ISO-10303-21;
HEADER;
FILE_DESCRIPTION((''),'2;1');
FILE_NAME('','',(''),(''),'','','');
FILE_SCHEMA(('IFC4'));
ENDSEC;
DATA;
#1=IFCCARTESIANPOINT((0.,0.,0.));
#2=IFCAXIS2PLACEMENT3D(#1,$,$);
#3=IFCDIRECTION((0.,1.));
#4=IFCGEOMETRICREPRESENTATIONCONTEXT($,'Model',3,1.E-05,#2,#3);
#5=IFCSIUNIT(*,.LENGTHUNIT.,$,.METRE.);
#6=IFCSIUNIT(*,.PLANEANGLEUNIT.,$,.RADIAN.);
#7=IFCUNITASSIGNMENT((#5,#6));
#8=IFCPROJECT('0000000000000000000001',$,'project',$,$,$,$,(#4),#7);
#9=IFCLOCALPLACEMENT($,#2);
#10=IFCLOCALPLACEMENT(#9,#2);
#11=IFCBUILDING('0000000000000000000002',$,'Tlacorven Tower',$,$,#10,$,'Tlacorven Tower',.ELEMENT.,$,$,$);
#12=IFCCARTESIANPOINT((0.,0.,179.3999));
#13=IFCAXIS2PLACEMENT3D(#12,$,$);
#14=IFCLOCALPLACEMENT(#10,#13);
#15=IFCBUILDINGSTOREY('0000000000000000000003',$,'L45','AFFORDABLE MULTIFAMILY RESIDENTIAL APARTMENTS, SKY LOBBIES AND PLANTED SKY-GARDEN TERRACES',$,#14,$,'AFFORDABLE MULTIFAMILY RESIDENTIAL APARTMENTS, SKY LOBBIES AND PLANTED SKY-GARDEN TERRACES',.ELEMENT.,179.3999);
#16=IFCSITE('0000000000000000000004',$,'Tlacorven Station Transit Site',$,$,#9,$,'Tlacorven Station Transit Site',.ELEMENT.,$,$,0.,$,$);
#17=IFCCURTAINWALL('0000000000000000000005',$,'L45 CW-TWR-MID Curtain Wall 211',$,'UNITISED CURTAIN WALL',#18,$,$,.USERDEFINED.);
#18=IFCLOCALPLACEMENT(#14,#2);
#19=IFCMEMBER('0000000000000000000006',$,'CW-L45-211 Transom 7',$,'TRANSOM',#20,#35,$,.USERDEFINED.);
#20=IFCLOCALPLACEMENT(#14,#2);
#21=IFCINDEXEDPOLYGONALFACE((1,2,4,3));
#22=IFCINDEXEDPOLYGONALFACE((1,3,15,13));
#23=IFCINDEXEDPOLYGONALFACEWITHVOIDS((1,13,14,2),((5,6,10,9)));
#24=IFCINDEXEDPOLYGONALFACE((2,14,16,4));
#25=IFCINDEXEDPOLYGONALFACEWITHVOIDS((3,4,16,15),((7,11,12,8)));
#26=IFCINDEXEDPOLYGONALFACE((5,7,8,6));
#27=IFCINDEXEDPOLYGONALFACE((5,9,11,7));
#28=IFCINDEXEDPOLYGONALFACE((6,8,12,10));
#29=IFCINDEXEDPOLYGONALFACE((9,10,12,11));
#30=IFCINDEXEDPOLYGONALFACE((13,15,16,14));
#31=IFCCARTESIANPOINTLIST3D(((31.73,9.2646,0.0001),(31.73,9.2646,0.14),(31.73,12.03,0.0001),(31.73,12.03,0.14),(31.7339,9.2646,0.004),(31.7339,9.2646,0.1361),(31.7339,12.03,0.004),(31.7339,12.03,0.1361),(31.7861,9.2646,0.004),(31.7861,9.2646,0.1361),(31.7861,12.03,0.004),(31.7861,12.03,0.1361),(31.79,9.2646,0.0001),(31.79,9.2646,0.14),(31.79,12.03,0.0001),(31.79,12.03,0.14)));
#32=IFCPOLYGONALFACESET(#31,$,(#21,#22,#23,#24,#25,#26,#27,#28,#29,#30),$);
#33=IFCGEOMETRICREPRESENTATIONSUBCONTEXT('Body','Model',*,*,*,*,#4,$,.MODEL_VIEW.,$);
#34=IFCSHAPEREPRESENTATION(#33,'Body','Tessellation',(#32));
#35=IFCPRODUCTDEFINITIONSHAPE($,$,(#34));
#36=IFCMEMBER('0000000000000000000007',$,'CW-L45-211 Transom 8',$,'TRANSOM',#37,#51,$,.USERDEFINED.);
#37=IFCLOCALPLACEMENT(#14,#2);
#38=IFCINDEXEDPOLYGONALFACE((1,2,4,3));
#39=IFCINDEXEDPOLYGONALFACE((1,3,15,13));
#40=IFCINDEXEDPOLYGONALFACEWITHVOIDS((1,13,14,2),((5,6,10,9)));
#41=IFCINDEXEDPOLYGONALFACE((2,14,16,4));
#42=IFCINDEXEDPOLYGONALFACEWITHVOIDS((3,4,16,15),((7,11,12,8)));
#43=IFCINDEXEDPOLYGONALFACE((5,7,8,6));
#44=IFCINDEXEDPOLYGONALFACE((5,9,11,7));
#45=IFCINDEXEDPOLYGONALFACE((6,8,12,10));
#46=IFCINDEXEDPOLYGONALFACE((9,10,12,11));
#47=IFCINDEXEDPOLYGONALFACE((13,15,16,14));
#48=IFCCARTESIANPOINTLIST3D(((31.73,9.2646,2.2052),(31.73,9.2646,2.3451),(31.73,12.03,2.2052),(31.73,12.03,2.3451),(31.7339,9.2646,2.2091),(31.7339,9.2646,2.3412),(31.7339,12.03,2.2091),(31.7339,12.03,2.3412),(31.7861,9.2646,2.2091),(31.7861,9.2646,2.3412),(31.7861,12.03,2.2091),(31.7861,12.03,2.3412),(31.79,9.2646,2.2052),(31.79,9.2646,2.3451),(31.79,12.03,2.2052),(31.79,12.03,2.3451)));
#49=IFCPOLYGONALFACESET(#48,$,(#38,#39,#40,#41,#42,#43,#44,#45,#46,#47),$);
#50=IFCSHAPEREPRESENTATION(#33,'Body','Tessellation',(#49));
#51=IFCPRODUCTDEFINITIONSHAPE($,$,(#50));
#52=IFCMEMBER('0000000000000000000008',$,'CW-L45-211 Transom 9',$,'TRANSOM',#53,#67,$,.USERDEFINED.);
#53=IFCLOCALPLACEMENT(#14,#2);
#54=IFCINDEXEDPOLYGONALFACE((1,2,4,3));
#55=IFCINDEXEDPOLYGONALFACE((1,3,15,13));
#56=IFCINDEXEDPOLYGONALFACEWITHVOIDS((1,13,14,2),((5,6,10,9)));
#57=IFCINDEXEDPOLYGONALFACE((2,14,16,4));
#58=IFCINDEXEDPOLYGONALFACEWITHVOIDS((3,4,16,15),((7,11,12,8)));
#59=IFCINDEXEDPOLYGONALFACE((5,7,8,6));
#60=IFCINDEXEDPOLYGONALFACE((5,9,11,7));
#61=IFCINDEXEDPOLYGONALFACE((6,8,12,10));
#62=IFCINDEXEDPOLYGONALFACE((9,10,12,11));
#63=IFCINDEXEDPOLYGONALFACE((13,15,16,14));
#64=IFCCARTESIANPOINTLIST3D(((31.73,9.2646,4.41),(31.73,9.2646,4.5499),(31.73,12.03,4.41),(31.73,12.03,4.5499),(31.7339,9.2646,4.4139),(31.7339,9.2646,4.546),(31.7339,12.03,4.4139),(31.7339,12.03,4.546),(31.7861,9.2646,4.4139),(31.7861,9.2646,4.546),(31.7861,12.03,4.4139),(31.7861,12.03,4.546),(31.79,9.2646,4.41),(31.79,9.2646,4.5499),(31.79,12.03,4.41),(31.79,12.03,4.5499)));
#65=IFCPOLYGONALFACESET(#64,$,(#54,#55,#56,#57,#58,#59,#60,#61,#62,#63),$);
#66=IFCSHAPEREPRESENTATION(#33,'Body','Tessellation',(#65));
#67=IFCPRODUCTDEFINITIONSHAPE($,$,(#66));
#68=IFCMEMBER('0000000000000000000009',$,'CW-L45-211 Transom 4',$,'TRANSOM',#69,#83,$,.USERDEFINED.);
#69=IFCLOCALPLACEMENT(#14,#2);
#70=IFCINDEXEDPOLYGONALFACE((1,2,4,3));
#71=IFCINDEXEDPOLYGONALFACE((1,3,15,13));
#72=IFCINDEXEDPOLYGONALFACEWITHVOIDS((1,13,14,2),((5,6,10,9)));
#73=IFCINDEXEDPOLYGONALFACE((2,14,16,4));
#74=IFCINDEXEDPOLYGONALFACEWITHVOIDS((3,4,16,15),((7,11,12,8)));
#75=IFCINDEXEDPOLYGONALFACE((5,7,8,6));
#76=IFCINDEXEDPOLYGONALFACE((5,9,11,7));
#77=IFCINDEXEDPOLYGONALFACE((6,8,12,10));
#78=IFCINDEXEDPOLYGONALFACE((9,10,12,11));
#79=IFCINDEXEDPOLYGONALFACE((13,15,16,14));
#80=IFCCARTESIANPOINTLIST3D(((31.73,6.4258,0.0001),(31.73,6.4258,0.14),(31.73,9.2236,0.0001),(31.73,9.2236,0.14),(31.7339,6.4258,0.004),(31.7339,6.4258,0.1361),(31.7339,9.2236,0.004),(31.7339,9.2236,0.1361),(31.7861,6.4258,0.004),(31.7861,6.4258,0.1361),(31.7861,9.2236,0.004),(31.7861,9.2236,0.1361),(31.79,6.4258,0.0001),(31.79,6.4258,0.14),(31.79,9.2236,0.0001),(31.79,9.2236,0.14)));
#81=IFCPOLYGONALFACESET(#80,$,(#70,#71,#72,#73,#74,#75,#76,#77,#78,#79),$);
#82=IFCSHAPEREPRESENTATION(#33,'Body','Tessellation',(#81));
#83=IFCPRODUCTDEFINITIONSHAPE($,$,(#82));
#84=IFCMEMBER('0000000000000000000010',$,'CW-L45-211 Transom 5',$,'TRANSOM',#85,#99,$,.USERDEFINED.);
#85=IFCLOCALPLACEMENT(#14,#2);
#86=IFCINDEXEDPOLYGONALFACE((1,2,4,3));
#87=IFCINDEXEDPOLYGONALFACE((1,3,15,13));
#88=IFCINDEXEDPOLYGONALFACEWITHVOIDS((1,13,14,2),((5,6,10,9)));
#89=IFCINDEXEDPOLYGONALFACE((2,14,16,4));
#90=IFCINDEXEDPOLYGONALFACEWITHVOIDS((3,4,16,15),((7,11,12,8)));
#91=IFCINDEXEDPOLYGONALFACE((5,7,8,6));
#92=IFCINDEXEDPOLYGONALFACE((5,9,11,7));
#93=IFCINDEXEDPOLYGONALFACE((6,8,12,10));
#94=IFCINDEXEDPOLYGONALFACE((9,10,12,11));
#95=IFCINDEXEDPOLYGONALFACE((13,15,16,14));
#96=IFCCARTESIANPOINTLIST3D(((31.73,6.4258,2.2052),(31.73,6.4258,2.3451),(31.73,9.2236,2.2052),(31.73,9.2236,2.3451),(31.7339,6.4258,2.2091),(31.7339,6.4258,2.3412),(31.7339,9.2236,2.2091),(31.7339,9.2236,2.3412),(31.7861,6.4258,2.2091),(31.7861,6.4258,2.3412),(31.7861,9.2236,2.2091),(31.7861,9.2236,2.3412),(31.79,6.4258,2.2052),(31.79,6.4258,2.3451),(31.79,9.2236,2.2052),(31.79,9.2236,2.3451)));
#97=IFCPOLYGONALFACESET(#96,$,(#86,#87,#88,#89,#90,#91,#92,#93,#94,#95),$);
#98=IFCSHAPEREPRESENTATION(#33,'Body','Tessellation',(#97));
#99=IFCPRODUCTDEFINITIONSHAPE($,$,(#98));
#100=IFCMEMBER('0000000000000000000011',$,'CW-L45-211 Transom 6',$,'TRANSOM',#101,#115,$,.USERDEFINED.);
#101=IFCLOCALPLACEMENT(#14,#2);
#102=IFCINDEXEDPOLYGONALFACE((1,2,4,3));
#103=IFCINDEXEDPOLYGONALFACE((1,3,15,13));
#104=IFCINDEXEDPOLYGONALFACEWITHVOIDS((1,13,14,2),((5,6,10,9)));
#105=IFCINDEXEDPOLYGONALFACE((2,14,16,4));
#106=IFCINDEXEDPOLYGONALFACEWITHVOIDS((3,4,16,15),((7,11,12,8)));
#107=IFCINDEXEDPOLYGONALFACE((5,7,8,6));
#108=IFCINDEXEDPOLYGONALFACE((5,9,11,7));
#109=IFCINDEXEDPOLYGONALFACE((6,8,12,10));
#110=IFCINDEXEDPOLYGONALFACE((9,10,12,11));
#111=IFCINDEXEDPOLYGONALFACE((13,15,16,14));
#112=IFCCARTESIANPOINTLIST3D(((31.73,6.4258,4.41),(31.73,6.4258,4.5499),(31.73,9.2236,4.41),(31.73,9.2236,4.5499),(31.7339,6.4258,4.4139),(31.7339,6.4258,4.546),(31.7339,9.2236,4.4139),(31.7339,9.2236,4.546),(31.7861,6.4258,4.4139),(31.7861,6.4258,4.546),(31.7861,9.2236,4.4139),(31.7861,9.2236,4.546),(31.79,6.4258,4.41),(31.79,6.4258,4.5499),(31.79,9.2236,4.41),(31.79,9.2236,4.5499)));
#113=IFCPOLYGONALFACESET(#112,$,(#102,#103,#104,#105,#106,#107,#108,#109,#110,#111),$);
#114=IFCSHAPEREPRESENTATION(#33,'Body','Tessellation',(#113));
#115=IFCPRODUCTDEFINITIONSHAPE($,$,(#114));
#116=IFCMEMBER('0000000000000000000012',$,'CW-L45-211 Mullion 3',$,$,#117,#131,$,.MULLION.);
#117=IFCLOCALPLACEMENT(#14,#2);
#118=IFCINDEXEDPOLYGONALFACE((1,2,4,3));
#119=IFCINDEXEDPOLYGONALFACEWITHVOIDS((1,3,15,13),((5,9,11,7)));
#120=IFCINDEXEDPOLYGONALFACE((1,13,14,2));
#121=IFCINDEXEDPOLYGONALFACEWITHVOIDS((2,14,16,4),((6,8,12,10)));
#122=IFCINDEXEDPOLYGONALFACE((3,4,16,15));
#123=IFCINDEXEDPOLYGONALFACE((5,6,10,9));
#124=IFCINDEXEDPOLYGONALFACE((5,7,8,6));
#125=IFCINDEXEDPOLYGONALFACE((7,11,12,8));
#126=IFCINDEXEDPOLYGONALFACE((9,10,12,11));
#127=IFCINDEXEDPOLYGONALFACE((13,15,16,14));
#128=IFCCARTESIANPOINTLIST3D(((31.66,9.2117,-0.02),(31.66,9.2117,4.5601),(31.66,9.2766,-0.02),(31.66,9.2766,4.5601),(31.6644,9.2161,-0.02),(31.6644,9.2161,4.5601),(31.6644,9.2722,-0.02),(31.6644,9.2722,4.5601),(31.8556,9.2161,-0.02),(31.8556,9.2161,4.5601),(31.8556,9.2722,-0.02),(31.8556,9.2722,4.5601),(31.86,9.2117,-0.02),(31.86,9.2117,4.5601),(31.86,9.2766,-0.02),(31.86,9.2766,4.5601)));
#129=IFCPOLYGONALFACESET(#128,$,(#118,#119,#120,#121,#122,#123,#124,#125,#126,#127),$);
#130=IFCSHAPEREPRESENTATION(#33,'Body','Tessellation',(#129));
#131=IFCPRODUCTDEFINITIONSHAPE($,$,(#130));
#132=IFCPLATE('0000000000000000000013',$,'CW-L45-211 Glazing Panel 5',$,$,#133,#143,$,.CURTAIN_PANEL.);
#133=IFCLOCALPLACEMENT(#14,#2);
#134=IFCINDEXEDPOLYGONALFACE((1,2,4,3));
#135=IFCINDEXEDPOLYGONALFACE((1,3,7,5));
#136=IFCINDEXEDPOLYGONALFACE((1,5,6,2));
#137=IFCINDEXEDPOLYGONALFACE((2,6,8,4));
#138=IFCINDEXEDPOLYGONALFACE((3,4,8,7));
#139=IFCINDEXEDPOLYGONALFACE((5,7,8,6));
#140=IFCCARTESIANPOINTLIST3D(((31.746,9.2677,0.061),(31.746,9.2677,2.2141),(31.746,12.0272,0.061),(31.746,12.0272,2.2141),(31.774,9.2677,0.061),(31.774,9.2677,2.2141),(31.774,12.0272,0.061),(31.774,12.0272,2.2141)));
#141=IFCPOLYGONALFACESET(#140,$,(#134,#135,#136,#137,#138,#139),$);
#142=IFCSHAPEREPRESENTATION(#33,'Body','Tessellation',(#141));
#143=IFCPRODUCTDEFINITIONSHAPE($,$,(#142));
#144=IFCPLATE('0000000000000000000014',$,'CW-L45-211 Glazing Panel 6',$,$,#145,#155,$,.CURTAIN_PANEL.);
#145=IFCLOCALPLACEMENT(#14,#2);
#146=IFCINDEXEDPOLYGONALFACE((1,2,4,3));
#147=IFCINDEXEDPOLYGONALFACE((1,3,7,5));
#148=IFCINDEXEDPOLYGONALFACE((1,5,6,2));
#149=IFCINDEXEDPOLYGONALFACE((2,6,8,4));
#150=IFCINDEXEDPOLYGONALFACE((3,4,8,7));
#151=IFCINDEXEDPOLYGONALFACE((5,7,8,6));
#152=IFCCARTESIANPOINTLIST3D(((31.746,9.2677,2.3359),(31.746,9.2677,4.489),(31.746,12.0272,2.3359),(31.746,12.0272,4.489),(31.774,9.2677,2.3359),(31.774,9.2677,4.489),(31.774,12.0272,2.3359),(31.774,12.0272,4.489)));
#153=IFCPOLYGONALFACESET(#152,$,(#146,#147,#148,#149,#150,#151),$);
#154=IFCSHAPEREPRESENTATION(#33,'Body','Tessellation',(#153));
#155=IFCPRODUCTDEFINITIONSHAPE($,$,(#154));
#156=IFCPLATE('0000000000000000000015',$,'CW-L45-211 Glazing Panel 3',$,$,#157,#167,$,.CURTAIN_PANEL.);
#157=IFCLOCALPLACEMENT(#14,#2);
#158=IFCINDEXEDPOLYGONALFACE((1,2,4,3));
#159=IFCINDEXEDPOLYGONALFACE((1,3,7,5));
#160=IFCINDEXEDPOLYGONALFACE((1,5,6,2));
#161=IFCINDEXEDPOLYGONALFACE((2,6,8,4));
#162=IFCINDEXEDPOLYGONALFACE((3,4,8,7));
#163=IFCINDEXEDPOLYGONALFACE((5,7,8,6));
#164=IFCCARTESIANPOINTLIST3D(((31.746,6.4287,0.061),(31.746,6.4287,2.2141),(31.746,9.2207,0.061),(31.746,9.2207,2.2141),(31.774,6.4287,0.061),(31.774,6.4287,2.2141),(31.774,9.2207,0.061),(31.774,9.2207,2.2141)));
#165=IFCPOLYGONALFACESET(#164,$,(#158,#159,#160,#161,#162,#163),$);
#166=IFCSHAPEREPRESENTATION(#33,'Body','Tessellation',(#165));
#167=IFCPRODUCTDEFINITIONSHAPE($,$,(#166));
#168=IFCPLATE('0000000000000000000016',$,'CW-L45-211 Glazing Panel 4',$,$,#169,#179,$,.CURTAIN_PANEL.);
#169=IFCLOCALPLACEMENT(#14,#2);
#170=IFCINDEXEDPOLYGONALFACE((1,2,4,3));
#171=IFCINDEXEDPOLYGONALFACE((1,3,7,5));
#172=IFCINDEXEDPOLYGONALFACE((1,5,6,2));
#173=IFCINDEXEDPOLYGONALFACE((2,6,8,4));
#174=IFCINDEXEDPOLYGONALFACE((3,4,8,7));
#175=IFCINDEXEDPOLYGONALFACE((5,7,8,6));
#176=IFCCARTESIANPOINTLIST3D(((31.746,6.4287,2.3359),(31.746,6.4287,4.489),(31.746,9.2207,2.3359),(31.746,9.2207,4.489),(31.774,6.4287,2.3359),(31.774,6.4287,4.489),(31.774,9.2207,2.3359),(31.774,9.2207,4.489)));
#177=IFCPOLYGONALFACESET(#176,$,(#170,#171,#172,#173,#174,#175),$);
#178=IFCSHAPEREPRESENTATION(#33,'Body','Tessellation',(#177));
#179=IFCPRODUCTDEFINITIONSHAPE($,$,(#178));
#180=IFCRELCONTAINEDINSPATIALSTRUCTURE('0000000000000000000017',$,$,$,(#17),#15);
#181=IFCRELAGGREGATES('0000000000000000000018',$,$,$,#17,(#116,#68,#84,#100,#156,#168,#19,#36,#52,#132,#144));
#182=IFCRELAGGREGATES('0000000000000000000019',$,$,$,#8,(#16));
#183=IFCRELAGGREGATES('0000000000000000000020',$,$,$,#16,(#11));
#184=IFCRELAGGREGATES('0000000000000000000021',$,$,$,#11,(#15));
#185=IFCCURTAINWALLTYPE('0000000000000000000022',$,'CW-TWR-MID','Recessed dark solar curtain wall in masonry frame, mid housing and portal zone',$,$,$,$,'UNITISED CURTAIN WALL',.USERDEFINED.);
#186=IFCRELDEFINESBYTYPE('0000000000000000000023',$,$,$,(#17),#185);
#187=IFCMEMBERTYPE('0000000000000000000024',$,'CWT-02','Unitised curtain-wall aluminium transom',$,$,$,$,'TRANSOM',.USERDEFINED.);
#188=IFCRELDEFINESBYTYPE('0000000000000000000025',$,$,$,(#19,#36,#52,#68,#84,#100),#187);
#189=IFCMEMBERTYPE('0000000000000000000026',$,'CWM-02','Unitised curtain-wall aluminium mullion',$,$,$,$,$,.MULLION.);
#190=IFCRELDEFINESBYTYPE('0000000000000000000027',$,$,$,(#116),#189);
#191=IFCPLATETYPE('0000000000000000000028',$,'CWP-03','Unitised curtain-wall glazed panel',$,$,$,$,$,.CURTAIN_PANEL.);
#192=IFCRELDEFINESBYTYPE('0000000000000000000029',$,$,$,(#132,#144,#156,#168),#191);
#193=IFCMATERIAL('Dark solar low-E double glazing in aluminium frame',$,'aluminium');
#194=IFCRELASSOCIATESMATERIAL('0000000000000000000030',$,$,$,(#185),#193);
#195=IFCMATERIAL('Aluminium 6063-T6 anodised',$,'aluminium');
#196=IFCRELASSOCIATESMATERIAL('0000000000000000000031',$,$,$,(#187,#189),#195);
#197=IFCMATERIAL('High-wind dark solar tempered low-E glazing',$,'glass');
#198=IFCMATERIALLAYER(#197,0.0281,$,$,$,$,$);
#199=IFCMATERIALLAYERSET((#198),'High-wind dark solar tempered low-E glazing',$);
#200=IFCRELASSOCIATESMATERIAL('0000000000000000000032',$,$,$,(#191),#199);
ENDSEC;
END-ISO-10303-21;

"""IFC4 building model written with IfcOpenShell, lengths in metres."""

from ifc_helpers import new_model, si_unit, direction, frame, origin, origin_2d, place, context, subcontext, project, spatial, rectangle, hollow_rectangle, extrude, source, transform, mapped, material, layer, layer_set, material_profile, profile_set, type_object, element, aggregate, save


model = new_model("IFC4")

# Units and contexts
model_context = context("Model", 3, precision=1e-05, world=origin(), true_north=direction((0.0, 1.0)))
body_context = subcontext(model_context, "Body", "Model", "MODEL_VIEW")
ifc_project = project(units=[si_unit("LENGTHUNIT", "METRE"), si_unit("PLANEANGLEUNIT", "RADIAN")], contexts=[model_context])

# Site, building, storey
site_placement = place(None, origin())
site = spatial("IfcSite", under=ifc_project, at=site_placement, Name="Tlacorven Station Transit Site", LongName="Tlacorven Station Transit Site", CompositionType="ELEMENT", RefElevation=0.0)
building_placement = place(site_placement, origin())
building = spatial("IfcBuilding", under=site, at=building_placement, Name="Tlacorven Tower", LongName="Tlacorven Tower", CompositionType="ELEMENT")
storey_placement = place(building_placement, frame((0.0, 0.0, 179.3999)))
storey = spatial("IfcBuildingStorey", under=building, at=storey_placement, Name="L45", Description="AFFORDABLE MULTIFAMILY RESIDENTIAL APARTMENTS, SKY LOBBIES AND PLANTED SKY-GARDEN TERRACES", LongName="AFFORDABLE MULTIFAMILY RESIDENTIAL APARTMENTS, SKY LOBBIES AND PLANTED SKY-GARDEN TERRACES", CompositionType="ELEMENT", Elevation=179.3999)

# Curtain wall, members, plates
ifc_material_1 = material(Name="Dark solar low-E double glazing in aluminium frame", Category="aluminium")
curtain_wall_type = type_object("IfcCurtainWallType", Name="CW-TWR-MID", Description="Recessed dark solar curtain wall in masonry frame, mid housing and portal zone", ElementType="UNITISED CURTAIN WALL", PredefinedType="USERDEFINED", material=ifc_material_1)
curtain_wall_placement = place(storey_placement, origin())
curtain_wall = element("IfcCurtainWall", 1, at=curtain_wall_placement, inside=storey, type_object=curtain_wall_type, Name="L45 CW-TWR-MID Curtain Wall 211", ObjectType="UNITISED CURTAIN WALL", PredefinedType="USERDEFINED")
ifc_material_2 = material(Name="Aluminium 6063-T6 anodised", Category="aluminium")
ifc_material_profile_1 = material_profile(ifc_material_2, hollow_rectangle(XDim=0.0601, YDim=0.1399, WallThickness=0.0039, at=origin_2d()), Name="ALU TRANSOM 60X140")
ifc_profile_set_1 = profile_set([ifc_material_profile_1], Name="Aluminium 6063-T6 anodised")
member_type_1 = type_object("IfcMemberType", Name="CWT-02", Description="Unitised curtain-wall aluminium transom", ElementType="TRANSOM", PredefinedType="USERDEFINED", material=ifc_profile_set_1)
shared_shape_1 = source(origin(), body_context, "Body", "SweptSolid", [
    extrude(hollow_rectangle(XDim=0.0601, YDim=0.1399, WallThickness=0.0039, at=origin_2d()), origin(), (0.0, 0.0, 1.0), 2.7654),
])
member_1_placement = place(storey_placement, frame((31.76, 9.2646, 0.0701), z_axis=(0.0, 1.0, 0.0), x_axis=(-1.0, 0.0, 0.0)))
member_1 = element("IfcMember", 2, at=member_1_placement, type_object=member_type_1, Name="CW-L45-211 Transom 7", ObjectType="TRANSOM", PredefinedType="USERDEFINED", context=body_context, shape_type="MappedRepresentation", body=[
    mapped(shared_shape_1, transform((0.0, 0.0, 0.0), scale=1.0)),
])
member_2_placement = place(storey_placement, frame((31.76, 9.2646, 2.2751), z_axis=(0.0, 1.0, 0.0), x_axis=(-1.0, 0.0, 0.0)))
member_2 = element("IfcMember", 3, at=member_2_placement, type_object=member_type_1, Name="CW-L45-211 Transom 8", ObjectType="TRANSOM", PredefinedType="USERDEFINED", context=body_context, shape_type="MappedRepresentation", body=[
    mapped(shared_shape_1, transform((0.0, 0.0, 0.0), scale=1.0)),
])
member_3_placement = place(storey_placement, frame((31.76, 9.2646, 4.48), z_axis=(0.0, 1.0, 0.0), x_axis=(-1.0, 0.0, 0.0)))
member_3 = element("IfcMember", 4, at=member_3_placement, type_object=member_type_1, Name="CW-L45-211 Transom 9", ObjectType="TRANSOM", PredefinedType="USERDEFINED", context=body_context, shape_type="MappedRepresentation", body=[
    mapped(shared_shape_1, transform((0.0, 0.0, 0.0), scale=1.0)),
])
shared_shape_2 = source(origin(), body_context, "Body", "SweptSolid", [
    extrude(hollow_rectangle(XDim=0.0601, YDim=0.1399, WallThickness=0.0039, at=origin_2d()), origin(), (0.0, 0.0, 1.0), 2.7979),
])
member_4_placement = place(storey_placement, frame((31.76, 6.4258, 0.0701), z_axis=(0.0, 1.0, 0.0), x_axis=(-1.0, 0.0, 0.0)))
member_4 = element("IfcMember", 5, at=member_4_placement, type_object=member_type_1, Name="CW-L45-211 Transom 4", ObjectType="TRANSOM", PredefinedType="USERDEFINED", context=body_context, shape_type="MappedRepresentation", body=[
    mapped(shared_shape_2, transform((0.0, 0.0, 0.0), scale=1.0)),
])
member_5_placement = place(storey_placement, frame((31.76, 6.4258, 2.2751), z_axis=(0.0, 1.0, 0.0), x_axis=(-1.0, 0.0, 0.0)))
member_5 = element("IfcMember", 6, at=member_5_placement, type_object=member_type_1, Name="CW-L45-211 Transom 5", ObjectType="TRANSOM", PredefinedType="USERDEFINED", context=body_context, shape_type="MappedRepresentation", body=[
    mapped(shared_shape_2, transform((0.0, 0.0, 0.0), scale=1.0)),
])
member_6_placement = place(storey_placement, frame((31.76, 6.4258, 4.48), z_axis=(0.0, 1.0, 0.0), x_axis=(-1.0, 0.0, 0.0)))
member_6 = element("IfcMember", 7, at=member_6_placement, type_object=member_type_1, Name="CW-L45-211 Transom 6", ObjectType="TRANSOM", PredefinedType="USERDEFINED", context=body_context, shape_type="MappedRepresentation", body=[
    mapped(shared_shape_2, transform((0.0, 0.0, 0.0), scale=1.0)),
])
ifc_material_profile_2 = material_profile(ifc_material_2, hollow_rectangle(XDim=0.0649, YDim=0.2, WallThickness=0.0044, at=origin_2d()), Name="ALU MULLION 65X200")
ifc_profile_set_2 = profile_set([ifc_material_profile_2], Name="Aluminium 6063-T6 anodised")
member_type_2 = type_object("IfcMemberType", Name="CWM-02", Description="Unitised curtain-wall aluminium mullion", PredefinedType="MULLION", material=ifc_profile_set_2)
shared_shape_3 = source(origin(), body_context, "Body", "SweptSolid", [
    extrude(hollow_rectangle(XDim=0.0649, YDim=0.2, WallThickness=0.0044, at=origin_2d()), origin(), (0.0, 0.0, 1.0), 4.5801),
])
member_7_placement = place(storey_placement, frame((31.76, 9.2441, -0.02), z_axis=(0.0, 0.0, 1.0), x_axis=(0.0, 1.0, 0.0)))
member_7 = element("IfcMember", 8, at=member_7_placement, type_object=member_type_2, Name="CW-L45-211 Mullion 3", PredefinedType="MULLION", context=body_context, shape_type="MappedRepresentation", body=[
    mapped(shared_shape_3, transform((0.0, 0.0, 0.0), scale=1.0)),
])
ifc_material_3 = material(Name="High-wind dark solar tempered low-E glazing", Category="glass")
ifc_layer = layer(ifc_material_3, 0.0281)
ifc_layer_set = layer_set([ifc_layer], Name="High-wind dark solar tempered low-E glazing")
plate_type = type_object("IfcPlateType", Name="CWP-03", Description="Unitised curtain-wall glazed panel", PredefinedType="CURTAIN_PANEL", material=ifc_layer_set)
shared_shape_4 = source(origin(), body_context, "Body", "SweptSolid", [
    extrude(rectangle(XDim=2.7595, YDim=0.0281, at=origin_2d()), origin(), (0.0, 0.0, 1.0), 2.1531),
])
plate_1_placement = place(storey_placement, frame((31.76, 10.6475, 0.061), z_axis=(0.0, 0.0, 1.0), x_axis=(0.0, 1.0, 0.0)))
plate_1 = element("IfcPlate", 9, at=plate_1_placement, type_object=plate_type, Name="CW-L45-211 Glazing Panel 5", PredefinedType="CURTAIN_PANEL", context=body_context, shape_type="MappedRepresentation", body=[
    mapped(shared_shape_4, transform((0.0, 0.0, 0.0), scale=1.0)),
])
plate_2_placement = place(storey_placement, frame((31.76, 10.6475, 2.3359), z_axis=(0.0, 0.0, 1.0), x_axis=(0.0, 1.0, 0.0)))
plate_2 = element("IfcPlate", 10, at=plate_2_placement, type_object=plate_type, Name="CW-L45-211 Glazing Panel 6", PredefinedType="CURTAIN_PANEL", context=body_context, shape_type="MappedRepresentation", body=[
    mapped(shared_shape_4, transform((0.0, 0.0, 0.0), scale=1.0)),
])
shared_shape_5 = source(origin(), body_context, "Body", "SweptSolid", [
    extrude(rectangle(XDim=2.792, YDim=0.0281, at=origin_2d()), origin(), (0.0, 0.0, 1.0), 2.1531),
])
plate_3_placement = place(storey_placement, frame((31.76, 7.8247, 0.061), z_axis=(0.0, 0.0, 1.0), x_axis=(0.0, 1.0, 0.0)))
plate_3 = element("IfcPlate", 11, at=plate_3_placement, type_object=plate_type, Name="CW-L45-211 Glazing Panel 3", PredefinedType="CURTAIN_PANEL", context=body_context, shape_type="MappedRepresentation", body=[
    mapped(shared_shape_5, transform((0.0, 0.0, 0.0), scale=1.0)),
])
plate_4_placement = place(storey_placement, frame((31.76, 7.8247, 2.3359), z_axis=(0.0, 0.0, 1.0), x_axis=(0.0, 1.0, 0.0)))
plate_4 = element("IfcPlate", 12, at=plate_4_placement, type_object=plate_type, Name="CW-L45-211 Glazing Panel 4", PredefinedType="CURTAIN_PANEL", context=body_context, shape_type="MappedRepresentation", body=[
    mapped(shared_shape_5, transform((0.0, 0.0, 0.0), scale=1.0)),
])
aggregate(curtain_wall, [member_7, member_4, member_5, member_6, plate_3, plate_4, member_1, member_2, member_3, plate_1, plate_2])

save(model, "model.ifc")
